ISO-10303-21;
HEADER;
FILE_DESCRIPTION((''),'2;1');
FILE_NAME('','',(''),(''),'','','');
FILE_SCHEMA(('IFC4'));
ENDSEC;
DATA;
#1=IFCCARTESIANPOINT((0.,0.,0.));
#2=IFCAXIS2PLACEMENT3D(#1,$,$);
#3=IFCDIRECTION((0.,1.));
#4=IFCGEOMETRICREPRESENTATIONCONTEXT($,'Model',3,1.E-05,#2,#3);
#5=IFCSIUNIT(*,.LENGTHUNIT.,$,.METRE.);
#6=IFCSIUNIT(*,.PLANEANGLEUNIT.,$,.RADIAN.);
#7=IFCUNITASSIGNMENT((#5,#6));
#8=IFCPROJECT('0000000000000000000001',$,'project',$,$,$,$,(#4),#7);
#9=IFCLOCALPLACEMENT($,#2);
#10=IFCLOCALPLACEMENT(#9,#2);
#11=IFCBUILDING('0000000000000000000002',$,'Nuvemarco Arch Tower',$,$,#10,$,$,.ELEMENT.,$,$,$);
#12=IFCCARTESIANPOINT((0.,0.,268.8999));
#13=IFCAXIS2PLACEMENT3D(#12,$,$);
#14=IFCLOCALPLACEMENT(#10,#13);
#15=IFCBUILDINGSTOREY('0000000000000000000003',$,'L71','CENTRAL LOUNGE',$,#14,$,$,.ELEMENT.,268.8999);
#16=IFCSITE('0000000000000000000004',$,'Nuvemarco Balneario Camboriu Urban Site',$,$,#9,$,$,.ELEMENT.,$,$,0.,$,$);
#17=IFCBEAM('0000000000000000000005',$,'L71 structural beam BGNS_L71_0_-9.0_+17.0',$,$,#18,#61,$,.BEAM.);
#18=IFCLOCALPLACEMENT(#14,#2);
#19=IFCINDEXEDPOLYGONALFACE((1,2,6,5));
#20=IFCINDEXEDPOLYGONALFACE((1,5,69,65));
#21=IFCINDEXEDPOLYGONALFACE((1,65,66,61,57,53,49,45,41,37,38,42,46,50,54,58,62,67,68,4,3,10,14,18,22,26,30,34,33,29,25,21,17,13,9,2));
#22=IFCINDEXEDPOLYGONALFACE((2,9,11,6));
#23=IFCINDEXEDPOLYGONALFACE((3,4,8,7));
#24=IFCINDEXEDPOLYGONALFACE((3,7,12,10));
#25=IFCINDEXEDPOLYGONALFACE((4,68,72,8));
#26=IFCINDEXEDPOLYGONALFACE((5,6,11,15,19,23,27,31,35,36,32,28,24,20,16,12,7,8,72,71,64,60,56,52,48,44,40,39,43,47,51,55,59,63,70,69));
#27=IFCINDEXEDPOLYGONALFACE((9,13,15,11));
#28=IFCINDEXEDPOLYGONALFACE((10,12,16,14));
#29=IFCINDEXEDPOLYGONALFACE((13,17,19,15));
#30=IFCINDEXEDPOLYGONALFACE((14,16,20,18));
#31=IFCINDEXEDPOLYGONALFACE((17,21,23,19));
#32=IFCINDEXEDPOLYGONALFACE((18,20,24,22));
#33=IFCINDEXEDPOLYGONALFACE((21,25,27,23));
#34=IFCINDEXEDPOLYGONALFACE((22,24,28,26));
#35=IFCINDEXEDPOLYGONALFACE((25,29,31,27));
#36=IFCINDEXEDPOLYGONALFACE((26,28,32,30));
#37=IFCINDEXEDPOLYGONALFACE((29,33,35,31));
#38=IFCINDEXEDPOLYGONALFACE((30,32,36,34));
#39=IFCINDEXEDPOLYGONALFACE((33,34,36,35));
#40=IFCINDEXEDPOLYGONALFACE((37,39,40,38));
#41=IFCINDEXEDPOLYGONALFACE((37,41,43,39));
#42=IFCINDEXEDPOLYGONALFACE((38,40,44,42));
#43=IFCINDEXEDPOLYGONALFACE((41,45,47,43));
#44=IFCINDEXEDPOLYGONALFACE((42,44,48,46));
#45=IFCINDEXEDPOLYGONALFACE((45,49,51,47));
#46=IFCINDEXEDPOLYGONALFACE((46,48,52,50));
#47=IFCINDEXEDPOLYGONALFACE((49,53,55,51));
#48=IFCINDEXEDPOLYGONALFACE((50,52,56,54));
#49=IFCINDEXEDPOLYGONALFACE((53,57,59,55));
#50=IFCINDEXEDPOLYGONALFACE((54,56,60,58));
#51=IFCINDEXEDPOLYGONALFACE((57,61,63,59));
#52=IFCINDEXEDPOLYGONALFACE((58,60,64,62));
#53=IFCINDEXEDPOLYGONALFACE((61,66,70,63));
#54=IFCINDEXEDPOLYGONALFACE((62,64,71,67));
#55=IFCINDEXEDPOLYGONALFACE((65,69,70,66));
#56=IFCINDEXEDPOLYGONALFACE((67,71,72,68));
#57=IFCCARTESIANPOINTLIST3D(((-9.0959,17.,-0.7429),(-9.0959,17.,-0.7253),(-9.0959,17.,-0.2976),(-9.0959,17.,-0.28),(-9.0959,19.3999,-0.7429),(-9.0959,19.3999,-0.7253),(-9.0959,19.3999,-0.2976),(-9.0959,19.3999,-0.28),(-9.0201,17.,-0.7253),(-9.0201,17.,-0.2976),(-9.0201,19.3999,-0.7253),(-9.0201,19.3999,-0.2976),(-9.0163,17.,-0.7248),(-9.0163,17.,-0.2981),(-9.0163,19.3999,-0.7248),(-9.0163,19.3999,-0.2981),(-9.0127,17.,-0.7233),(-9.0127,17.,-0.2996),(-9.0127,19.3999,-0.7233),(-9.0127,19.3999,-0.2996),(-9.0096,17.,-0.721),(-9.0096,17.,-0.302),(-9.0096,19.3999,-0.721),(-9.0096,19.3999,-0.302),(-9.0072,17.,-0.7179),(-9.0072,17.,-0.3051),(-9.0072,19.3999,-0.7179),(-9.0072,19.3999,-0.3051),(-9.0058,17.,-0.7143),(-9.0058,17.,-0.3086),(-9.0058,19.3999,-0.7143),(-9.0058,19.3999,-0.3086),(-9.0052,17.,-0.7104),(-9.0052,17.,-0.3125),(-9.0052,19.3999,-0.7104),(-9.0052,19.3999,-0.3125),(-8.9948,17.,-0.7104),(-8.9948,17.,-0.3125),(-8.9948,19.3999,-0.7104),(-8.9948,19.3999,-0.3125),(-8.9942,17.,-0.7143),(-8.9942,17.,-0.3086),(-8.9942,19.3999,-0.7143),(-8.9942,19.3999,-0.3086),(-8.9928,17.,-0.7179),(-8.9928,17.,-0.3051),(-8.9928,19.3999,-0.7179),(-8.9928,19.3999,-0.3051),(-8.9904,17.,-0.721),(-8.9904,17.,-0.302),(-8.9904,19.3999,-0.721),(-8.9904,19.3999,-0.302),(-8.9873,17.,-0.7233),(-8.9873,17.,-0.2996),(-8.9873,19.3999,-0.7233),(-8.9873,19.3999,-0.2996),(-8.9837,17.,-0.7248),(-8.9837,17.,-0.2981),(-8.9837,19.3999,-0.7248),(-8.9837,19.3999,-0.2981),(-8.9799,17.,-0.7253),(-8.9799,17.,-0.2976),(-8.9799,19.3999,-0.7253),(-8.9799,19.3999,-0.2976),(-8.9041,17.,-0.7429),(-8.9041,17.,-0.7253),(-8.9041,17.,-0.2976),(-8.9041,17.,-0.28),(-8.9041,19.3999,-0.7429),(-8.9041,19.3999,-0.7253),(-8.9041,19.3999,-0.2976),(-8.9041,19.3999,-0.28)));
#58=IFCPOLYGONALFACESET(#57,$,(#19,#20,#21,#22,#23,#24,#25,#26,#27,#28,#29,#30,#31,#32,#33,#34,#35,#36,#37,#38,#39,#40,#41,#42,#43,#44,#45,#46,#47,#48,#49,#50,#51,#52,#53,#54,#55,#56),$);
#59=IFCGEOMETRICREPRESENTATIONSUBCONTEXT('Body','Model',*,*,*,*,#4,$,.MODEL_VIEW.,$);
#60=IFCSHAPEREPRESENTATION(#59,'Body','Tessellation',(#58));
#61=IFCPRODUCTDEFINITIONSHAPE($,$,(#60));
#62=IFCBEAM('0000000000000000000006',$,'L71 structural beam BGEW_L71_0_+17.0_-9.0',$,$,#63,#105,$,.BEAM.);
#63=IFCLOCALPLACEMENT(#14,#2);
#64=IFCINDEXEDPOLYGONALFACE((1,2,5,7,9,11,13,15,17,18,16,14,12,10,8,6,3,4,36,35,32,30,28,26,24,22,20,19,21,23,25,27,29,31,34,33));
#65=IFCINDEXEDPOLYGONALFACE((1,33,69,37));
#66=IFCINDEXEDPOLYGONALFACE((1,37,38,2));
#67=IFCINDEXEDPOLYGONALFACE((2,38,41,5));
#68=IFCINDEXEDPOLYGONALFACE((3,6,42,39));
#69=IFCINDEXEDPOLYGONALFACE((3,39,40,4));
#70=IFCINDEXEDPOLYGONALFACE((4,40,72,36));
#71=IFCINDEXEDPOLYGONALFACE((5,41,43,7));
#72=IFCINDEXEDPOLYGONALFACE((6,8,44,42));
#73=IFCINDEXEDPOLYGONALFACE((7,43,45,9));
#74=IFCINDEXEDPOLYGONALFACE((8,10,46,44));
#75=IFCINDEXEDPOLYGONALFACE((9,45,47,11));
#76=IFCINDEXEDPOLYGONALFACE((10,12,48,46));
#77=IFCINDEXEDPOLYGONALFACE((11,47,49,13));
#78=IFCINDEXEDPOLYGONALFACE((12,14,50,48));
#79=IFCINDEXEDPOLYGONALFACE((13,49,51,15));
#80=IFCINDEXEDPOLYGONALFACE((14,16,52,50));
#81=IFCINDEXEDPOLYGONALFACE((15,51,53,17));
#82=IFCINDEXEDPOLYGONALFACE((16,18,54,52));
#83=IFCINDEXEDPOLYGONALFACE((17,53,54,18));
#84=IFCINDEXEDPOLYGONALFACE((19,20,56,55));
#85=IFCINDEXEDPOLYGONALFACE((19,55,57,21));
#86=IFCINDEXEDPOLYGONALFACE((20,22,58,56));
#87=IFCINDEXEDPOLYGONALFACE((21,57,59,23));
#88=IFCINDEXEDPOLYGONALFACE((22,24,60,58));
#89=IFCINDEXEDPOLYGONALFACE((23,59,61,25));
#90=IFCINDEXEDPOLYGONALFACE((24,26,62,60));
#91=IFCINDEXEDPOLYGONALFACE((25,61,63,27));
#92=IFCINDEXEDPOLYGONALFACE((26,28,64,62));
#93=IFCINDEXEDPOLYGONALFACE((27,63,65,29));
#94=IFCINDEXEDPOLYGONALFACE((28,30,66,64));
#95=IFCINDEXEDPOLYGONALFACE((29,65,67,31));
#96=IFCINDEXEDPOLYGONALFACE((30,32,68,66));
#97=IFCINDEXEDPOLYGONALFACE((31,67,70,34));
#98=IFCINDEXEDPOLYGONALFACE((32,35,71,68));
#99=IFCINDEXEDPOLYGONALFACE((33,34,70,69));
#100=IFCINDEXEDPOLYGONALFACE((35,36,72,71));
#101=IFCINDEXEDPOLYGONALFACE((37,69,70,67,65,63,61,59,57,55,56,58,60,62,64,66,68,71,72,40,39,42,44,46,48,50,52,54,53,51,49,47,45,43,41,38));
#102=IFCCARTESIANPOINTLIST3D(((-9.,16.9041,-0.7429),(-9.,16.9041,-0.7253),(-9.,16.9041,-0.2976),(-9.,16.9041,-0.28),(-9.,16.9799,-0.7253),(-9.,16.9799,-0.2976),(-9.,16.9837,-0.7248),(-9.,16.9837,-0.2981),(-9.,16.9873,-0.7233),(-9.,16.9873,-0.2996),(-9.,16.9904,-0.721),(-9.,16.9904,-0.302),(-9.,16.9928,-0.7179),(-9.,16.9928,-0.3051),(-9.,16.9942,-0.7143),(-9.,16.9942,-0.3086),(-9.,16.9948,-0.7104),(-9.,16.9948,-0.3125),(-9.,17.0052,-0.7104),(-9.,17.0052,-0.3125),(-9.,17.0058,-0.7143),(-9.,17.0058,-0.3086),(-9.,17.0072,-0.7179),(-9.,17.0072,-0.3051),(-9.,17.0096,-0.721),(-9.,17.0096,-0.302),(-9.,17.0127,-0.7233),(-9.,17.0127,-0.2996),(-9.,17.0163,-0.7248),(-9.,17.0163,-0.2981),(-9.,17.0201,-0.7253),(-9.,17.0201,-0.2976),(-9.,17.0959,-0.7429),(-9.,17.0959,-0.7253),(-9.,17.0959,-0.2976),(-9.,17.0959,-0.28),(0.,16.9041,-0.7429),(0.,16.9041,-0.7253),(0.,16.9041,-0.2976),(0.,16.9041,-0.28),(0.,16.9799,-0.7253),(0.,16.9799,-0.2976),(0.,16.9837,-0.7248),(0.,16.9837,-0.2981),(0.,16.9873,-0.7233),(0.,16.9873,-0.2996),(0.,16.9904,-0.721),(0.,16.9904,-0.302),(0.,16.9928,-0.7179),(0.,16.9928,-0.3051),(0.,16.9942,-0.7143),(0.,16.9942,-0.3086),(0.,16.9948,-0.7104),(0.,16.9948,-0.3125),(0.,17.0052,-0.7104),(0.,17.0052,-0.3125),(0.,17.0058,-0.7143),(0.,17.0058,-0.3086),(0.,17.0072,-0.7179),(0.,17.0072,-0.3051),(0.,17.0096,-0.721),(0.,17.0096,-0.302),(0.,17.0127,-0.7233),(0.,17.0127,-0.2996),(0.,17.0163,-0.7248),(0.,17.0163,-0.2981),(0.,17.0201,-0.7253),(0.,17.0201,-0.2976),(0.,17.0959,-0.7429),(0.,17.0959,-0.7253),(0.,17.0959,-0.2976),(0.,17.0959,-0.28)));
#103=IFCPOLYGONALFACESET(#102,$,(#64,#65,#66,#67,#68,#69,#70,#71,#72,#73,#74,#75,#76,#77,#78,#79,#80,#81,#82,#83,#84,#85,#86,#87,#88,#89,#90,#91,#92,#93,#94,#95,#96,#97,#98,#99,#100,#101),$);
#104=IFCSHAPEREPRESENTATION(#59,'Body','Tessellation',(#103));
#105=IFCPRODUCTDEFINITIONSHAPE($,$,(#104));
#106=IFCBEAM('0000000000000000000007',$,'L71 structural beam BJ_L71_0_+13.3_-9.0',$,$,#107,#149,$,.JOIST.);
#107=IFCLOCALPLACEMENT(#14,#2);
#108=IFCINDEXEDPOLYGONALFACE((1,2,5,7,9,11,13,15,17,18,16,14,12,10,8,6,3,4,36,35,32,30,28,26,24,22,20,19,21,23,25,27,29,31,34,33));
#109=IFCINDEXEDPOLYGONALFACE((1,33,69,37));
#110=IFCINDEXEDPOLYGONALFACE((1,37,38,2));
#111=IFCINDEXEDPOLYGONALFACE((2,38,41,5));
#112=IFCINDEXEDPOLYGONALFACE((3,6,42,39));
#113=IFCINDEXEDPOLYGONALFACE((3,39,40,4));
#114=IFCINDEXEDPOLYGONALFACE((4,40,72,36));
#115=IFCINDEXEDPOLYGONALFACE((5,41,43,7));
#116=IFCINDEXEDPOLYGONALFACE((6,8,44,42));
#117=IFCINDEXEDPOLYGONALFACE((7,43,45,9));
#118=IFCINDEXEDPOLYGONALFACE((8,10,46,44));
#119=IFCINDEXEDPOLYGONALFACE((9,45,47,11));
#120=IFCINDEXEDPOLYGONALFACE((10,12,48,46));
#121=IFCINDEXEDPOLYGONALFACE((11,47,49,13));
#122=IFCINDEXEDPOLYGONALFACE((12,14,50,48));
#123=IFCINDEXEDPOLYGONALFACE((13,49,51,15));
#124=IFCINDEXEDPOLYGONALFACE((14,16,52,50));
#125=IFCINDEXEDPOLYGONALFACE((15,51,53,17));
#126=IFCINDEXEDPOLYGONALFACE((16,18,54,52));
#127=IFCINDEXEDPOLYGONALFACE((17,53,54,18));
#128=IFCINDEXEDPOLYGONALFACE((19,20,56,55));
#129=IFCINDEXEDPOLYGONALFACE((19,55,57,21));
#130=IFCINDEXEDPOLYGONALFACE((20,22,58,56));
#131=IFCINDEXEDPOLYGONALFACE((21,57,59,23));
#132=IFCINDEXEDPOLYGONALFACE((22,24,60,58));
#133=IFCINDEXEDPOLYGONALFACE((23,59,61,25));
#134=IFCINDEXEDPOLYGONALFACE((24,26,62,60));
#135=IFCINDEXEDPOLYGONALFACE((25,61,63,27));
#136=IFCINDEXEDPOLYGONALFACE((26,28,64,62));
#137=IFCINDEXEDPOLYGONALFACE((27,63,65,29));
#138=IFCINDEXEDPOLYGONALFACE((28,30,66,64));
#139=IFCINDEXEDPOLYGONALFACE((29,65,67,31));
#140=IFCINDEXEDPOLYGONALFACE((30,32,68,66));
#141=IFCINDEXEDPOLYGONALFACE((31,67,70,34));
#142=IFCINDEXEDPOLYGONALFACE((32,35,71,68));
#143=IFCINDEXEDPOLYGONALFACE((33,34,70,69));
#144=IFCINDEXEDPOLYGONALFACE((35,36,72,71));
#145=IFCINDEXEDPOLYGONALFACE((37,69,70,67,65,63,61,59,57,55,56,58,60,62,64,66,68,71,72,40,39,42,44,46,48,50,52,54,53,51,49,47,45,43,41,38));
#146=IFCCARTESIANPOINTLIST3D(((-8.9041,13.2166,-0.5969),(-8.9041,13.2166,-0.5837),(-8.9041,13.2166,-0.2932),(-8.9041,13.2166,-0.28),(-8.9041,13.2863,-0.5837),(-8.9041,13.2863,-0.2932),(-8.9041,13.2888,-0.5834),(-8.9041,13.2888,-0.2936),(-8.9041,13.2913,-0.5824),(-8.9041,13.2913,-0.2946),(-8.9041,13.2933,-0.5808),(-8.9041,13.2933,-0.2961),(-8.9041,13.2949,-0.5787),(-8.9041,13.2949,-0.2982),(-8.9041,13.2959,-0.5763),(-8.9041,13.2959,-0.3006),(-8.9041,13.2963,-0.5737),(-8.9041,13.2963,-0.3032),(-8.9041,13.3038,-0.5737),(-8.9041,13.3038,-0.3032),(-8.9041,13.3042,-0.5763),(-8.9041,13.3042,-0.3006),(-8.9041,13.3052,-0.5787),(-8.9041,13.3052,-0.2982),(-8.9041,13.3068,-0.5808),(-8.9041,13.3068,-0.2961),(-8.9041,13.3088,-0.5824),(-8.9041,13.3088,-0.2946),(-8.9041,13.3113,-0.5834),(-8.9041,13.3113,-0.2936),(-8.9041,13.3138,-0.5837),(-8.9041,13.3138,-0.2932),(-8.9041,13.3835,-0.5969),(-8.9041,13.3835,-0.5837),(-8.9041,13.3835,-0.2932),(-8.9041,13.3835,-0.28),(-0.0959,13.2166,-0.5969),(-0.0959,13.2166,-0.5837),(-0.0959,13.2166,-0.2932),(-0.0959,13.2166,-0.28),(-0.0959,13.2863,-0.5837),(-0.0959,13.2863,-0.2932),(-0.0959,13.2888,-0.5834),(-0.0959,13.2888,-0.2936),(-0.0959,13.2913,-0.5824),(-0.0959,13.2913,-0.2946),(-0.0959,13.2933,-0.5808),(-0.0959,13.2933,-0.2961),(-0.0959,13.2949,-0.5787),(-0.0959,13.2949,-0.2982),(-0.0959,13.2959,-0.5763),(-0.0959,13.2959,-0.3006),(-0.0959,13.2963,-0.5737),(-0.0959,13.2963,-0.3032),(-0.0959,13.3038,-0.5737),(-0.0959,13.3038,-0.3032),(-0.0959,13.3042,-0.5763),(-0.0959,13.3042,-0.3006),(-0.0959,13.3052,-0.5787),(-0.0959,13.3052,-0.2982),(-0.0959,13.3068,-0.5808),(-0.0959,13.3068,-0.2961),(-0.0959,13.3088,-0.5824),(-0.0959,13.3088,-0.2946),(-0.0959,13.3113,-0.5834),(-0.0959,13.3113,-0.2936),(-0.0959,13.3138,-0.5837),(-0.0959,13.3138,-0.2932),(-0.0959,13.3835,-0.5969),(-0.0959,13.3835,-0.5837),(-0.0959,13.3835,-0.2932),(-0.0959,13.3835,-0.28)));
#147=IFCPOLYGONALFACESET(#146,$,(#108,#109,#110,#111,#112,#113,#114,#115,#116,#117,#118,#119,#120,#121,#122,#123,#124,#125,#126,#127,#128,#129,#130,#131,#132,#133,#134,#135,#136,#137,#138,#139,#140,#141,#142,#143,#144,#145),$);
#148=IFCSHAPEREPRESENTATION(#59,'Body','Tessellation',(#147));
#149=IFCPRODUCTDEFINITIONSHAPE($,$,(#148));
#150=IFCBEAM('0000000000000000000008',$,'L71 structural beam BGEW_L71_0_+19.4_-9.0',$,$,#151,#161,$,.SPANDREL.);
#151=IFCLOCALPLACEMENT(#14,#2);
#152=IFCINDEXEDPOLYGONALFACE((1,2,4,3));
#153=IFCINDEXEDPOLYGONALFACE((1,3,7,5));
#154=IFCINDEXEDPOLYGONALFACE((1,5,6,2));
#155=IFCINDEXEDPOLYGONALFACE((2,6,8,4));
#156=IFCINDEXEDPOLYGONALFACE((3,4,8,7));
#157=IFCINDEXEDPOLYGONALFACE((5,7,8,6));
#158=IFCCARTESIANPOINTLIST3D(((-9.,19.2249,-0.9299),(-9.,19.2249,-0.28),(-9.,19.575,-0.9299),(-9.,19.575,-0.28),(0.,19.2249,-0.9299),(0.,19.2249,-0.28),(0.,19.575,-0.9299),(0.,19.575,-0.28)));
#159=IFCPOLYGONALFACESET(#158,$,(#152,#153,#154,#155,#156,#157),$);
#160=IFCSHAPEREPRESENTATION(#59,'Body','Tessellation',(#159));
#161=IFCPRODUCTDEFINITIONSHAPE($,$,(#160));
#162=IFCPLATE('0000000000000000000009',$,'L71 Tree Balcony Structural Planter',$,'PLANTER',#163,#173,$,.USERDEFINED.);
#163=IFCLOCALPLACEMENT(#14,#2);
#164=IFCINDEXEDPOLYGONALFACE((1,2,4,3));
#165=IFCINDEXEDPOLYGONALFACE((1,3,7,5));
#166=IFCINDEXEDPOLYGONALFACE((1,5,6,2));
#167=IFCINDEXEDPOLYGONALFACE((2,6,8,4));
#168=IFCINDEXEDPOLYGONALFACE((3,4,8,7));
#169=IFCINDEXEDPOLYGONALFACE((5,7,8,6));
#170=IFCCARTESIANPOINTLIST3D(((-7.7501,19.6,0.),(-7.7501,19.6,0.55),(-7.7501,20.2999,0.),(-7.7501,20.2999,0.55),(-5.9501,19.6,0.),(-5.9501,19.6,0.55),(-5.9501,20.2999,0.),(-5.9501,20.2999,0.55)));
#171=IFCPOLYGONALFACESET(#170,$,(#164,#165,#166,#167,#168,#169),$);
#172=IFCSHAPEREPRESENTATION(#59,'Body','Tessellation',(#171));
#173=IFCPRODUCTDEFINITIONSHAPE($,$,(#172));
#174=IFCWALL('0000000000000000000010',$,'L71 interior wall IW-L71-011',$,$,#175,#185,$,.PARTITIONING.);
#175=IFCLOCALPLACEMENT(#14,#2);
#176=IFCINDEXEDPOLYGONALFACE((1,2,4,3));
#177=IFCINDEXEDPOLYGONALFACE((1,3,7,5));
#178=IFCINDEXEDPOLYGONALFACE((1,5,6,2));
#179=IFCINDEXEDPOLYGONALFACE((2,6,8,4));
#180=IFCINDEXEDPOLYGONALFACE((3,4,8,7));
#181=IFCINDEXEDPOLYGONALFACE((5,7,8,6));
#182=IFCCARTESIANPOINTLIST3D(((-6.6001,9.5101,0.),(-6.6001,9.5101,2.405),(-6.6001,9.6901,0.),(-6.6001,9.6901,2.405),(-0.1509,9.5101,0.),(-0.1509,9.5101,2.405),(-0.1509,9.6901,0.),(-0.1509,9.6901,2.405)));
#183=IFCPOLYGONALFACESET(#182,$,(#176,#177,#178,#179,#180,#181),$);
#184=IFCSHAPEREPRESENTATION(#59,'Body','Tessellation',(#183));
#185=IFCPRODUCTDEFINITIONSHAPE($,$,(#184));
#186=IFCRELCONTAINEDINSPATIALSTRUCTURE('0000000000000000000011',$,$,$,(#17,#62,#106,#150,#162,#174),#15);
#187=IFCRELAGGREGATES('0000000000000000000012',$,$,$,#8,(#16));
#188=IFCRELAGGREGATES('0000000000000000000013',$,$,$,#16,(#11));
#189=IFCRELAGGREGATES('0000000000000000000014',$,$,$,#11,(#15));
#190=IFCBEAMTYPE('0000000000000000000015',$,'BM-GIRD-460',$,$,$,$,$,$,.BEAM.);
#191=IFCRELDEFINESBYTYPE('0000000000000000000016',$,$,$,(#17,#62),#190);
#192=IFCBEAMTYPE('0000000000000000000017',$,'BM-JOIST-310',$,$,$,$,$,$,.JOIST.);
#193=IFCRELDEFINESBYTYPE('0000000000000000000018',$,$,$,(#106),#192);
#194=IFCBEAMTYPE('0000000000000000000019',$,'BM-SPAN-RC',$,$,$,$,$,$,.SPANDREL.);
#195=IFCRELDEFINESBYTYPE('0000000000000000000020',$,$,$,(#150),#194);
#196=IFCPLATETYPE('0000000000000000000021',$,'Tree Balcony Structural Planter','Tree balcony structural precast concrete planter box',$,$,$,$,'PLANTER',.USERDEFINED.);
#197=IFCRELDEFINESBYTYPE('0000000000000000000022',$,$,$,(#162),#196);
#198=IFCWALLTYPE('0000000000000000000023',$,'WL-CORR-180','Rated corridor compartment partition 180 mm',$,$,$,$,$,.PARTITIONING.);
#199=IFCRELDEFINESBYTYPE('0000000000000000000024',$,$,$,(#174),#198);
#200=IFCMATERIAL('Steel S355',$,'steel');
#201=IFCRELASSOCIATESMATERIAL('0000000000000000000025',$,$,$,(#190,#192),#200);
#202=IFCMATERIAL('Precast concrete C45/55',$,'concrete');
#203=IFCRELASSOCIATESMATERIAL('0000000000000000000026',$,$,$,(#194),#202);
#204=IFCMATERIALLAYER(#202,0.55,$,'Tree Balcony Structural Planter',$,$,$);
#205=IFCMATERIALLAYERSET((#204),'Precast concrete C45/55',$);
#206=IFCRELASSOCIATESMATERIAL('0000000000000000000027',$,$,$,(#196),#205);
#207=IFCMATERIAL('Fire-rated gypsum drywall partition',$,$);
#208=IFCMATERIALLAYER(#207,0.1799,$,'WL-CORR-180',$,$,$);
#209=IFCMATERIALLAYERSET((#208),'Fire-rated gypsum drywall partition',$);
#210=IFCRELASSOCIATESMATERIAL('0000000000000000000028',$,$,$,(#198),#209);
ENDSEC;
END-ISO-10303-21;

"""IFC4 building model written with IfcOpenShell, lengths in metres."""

from ifc_helpers import new_model, si_unit, direction, frame, frame_2d, origin, origin_2d, place, context, subcontext, project, spatial, rectangle, i_section, extrude, source, transform, mapped, material, layer, layer_set, material_profile, profile_set, type_object, type_shapes, element, save


model = new_model("IFC4")

# Units and contexts
model_context = context("Model", 3, precision=1e-05, world=origin(), true_north=direction((0.0, 1.0)))
body_context = subcontext(model_context, "Body", "Model", "MODEL_VIEW")
ifc_project = project(units=[si_unit("LENGTHUNIT", "METRE"), si_unit("PLANEANGLEUNIT", "RADIAN")], contexts=[model_context])

# Site, building, storey
site_placement = place(None, origin())
site = spatial("IfcSite", under=ifc_project, at=site_placement, Name="Nuvemarco Balneario Camboriu Urban Site", CompositionType="ELEMENT", RefElevation=0.0)
building_placement = place(site_placement, origin())
building = spatial("IfcBuilding", under=site, at=building_placement, Name="Nuvemarco Arch Tower", CompositionType="ELEMENT")
storey_placement = place(building_placement, frame((0.0, 0.0, 268.8999)))
storey = spatial("IfcBuildingStorey", under=building, at=storey_placement, Name="L71", Description="CENTRAL LOUNGE", CompositionType="ELEMENT", Elevation=268.8999)

# Shared definitions
ifc_material_1 = material(Name="Steel S355", Category="steel")

# Beams
ifc_material_profile_1 = material_profile(ifc_material_1, i_section(OverallWidth=0.1919, OverallDepth=0.4629, WebThickness=0.0105, FlangeThickness=0.0176, FilletRadius=0.0149, at=origin_2d()), Name="W460x89")
ifc_profile_set_1 = profile_set([ifc_material_profile_1], Name="Steel S355")
beam_type_1 = type_object("IfcBeamType", Name="BM-GIRD-460", PredefinedType="BEAM", material=ifc_profile_set_1)
beam_1_placement = place(storey_placement, frame((-9.0, 17.0, -0.5115), z_axis=(0.0, 1.0, 0.0), x_axis=(-1.0, 0.0, 0.0)))
element("IfcBeam", 1, at=beam_1_placement, inside=storey, type_object=beam_type_1, Name="L71 structural beam BGNS_L71_0_-9.0_+17.0", PredefinedType="BEAM", context=body_context, shape_type="SweptSolid", body=[
    extrude(i_section(OverallWidth=0.1919, OverallDepth=0.4629, WebThickness=0.0105, FlangeThickness=0.0176, FilletRadius=0.0149, at=origin_2d()), origin(), (0.0, 0.0, 1.0), 2.3999),
])
beam_2_placement = place(storey_placement, frame((-9.0, 17.0, -0.5115), z_axis=(1.0, 0.0, 0.0), x_axis=(0.0, 1.0, 0.0)))
element("IfcBeam", 2, at=beam_2_placement, inside=storey, type_object=beam_type_1, Name="L71 structural beam BGEW_L71_0_+17.0_-9.0", PredefinedType="BEAM", context=body_context, shape_type="SweptSolid", body=[
    extrude(i_section(OverallWidth=0.1919, OverallDepth=0.4629, WebThickness=0.0105, FlangeThickness=0.0176, FilletRadius=0.0149, at=origin_2d()), origin(), (0.0, 0.0, 1.0), 9.0),
])
ifc_material_profile_2 = material_profile(ifc_material_1, i_section(OverallWidth=0.167, OverallDepth=0.3169, WebThickness=0.0076, FlangeThickness=0.0132, FilletRadius=0.01, at=origin_2d()), Name="W310x52")
ifc_profile_set_2 = profile_set([ifc_material_profile_2], Name="Steel S355")
beam_type_2 = type_object("IfcBeamType", Name="BM-JOIST-310", PredefinedType="JOIST", material=ifc_profile_set_2)
beam_3_placement = place(storey_placement, frame((-8.9041, 13.3, -0.4385), z_axis=(1.0, 0.0, 0.0), x_axis=(0.0, 1.0, 0.0)))
element("IfcBeam", 3, at=beam_3_placement, inside=storey, type_object=beam_type_2, Name="L71 structural beam BJ_L71_0_+13.3_-9.0", PredefinedType="JOIST", context=body_context, shape_type="SweptSolid", body=[
    extrude(i_section(OverallWidth=0.167, OverallDepth=0.3169, WebThickness=0.0076, FlangeThickness=0.0132, FilletRadius=0.01, at=origin_2d()), origin(), (0.0, 0.0, 1.0), 8.8081),
])
ifc_material_2 = material(Name="Precast concrete C45/55", Category="concrete")
ifc_material_profile_3 = material_profile(ifc_material_2, rectangle(XDim=0.3501, YDim=0.6499, at=origin_2d()), Name="PC-SP-350x650")
ifc_profile_set_3 = profile_set([ifc_material_profile_3], Name="Precast concrete C45/55")
beam_type_3 = type_object("IfcBeamType", Name="BM-SPAN-RC", PredefinedType="SPANDREL", material=ifc_profile_set_3)
beam_4_placement = place(storey_placement, frame((-9.0, 19.3999, -0.605), z_axis=(1.0, 0.0, 0.0), x_axis=(0.0, 1.0, 0.0)))
element("IfcBeam", 4, at=beam_4_placement, inside=storey, type_object=beam_type_3, Name="L71 structural beam BGEW_L71_0_+19.4_-9.0", PredefinedType="SPANDREL", context=body_context, shape_type="SweptSolid", body=[
    extrude(rectangle(XDim=0.3501, YDim=0.6499, at=origin_2d()), origin(), (0.0, 0.0, 1.0), 9.0),
])

# Plate
ifc_layer_1 = layer(ifc_material_2, 0.55, Name="Tree Balcony Structural Planter")
ifc_layer_set_1 = layer_set([ifc_layer_1], Name="Precast concrete C45/55")
plate_type = type_object("IfcPlateType", Name="Tree Balcony Structural Planter", Description="Tree balcony structural precast concrete planter box", ElementType="PLANTER", PredefinedType="USERDEFINED", material=ifc_layer_set_1)
shared_shape_1 = source(origin(), body_context, "Body", "SweptSolid", [
    extrude(rectangle(XDim=1.8, YDim=0.7, at=origin_2d()), origin(), (0.0, 0.0, 1.0), 0.55),
])
type_shapes(plate_type, [shared_shape_1])
plate_placement = place(storey_placement, frame((-6.8501, 19.95, 0.0), z_axis=(0.0, 0.0, 1.0), x_axis=(1.0, 0.0, 0.0)))
element("IfcPlate", 5, at=plate_placement, inside=storey, type_object=plate_type, Name="L71 Tree Balcony Structural Planter", ObjectType="PLANTER", PredefinedType="USERDEFINED", context=body_context, shape_type="MappedRepresentation", body=[
    mapped(shared_shape_1, transform((0.0, 0.0, 0.0), scale=1.0)),
])

# Wall
ifc_material_3 = material(Name="Fire-rated gypsum drywall partition")
ifc_layer_2 = layer(ifc_material_3, 0.1799, Name="WL-CORR-180")
ifc_layer_set_2 = layer_set([ifc_layer_2], Name="Fire-rated gypsum drywall partition")
wall_type_1 = type_object("IfcWallType", Name="WL-CORR-180", Description="Rated corridor compartment partition 180 mm", PredefinedType="PARTITIONING", material=ifc_layer_set_2)
wall_1_placement = place(storey_placement, frame((-6.6001, 9.6001, 0.0), z_axis=(0.0, 0.0, 1.0), x_axis=(1.0, 0.0, 0.0)))
element("IfcWall", 6, at=wall_1_placement, inside=storey, type_object=wall_type_1, Name="L71 interior wall IW-L71-011", PredefinedType="PARTITIONING", context=body_context, shape_type="SweptSolid", body=[
    extrude(rectangle(XDim=6.4492, YDim=0.1799, at=frame_2d((3.2246, 0.0))), origin(), (0.0, 0.0, 1.0), 2.405),
])

save(model, "model.ifc")
